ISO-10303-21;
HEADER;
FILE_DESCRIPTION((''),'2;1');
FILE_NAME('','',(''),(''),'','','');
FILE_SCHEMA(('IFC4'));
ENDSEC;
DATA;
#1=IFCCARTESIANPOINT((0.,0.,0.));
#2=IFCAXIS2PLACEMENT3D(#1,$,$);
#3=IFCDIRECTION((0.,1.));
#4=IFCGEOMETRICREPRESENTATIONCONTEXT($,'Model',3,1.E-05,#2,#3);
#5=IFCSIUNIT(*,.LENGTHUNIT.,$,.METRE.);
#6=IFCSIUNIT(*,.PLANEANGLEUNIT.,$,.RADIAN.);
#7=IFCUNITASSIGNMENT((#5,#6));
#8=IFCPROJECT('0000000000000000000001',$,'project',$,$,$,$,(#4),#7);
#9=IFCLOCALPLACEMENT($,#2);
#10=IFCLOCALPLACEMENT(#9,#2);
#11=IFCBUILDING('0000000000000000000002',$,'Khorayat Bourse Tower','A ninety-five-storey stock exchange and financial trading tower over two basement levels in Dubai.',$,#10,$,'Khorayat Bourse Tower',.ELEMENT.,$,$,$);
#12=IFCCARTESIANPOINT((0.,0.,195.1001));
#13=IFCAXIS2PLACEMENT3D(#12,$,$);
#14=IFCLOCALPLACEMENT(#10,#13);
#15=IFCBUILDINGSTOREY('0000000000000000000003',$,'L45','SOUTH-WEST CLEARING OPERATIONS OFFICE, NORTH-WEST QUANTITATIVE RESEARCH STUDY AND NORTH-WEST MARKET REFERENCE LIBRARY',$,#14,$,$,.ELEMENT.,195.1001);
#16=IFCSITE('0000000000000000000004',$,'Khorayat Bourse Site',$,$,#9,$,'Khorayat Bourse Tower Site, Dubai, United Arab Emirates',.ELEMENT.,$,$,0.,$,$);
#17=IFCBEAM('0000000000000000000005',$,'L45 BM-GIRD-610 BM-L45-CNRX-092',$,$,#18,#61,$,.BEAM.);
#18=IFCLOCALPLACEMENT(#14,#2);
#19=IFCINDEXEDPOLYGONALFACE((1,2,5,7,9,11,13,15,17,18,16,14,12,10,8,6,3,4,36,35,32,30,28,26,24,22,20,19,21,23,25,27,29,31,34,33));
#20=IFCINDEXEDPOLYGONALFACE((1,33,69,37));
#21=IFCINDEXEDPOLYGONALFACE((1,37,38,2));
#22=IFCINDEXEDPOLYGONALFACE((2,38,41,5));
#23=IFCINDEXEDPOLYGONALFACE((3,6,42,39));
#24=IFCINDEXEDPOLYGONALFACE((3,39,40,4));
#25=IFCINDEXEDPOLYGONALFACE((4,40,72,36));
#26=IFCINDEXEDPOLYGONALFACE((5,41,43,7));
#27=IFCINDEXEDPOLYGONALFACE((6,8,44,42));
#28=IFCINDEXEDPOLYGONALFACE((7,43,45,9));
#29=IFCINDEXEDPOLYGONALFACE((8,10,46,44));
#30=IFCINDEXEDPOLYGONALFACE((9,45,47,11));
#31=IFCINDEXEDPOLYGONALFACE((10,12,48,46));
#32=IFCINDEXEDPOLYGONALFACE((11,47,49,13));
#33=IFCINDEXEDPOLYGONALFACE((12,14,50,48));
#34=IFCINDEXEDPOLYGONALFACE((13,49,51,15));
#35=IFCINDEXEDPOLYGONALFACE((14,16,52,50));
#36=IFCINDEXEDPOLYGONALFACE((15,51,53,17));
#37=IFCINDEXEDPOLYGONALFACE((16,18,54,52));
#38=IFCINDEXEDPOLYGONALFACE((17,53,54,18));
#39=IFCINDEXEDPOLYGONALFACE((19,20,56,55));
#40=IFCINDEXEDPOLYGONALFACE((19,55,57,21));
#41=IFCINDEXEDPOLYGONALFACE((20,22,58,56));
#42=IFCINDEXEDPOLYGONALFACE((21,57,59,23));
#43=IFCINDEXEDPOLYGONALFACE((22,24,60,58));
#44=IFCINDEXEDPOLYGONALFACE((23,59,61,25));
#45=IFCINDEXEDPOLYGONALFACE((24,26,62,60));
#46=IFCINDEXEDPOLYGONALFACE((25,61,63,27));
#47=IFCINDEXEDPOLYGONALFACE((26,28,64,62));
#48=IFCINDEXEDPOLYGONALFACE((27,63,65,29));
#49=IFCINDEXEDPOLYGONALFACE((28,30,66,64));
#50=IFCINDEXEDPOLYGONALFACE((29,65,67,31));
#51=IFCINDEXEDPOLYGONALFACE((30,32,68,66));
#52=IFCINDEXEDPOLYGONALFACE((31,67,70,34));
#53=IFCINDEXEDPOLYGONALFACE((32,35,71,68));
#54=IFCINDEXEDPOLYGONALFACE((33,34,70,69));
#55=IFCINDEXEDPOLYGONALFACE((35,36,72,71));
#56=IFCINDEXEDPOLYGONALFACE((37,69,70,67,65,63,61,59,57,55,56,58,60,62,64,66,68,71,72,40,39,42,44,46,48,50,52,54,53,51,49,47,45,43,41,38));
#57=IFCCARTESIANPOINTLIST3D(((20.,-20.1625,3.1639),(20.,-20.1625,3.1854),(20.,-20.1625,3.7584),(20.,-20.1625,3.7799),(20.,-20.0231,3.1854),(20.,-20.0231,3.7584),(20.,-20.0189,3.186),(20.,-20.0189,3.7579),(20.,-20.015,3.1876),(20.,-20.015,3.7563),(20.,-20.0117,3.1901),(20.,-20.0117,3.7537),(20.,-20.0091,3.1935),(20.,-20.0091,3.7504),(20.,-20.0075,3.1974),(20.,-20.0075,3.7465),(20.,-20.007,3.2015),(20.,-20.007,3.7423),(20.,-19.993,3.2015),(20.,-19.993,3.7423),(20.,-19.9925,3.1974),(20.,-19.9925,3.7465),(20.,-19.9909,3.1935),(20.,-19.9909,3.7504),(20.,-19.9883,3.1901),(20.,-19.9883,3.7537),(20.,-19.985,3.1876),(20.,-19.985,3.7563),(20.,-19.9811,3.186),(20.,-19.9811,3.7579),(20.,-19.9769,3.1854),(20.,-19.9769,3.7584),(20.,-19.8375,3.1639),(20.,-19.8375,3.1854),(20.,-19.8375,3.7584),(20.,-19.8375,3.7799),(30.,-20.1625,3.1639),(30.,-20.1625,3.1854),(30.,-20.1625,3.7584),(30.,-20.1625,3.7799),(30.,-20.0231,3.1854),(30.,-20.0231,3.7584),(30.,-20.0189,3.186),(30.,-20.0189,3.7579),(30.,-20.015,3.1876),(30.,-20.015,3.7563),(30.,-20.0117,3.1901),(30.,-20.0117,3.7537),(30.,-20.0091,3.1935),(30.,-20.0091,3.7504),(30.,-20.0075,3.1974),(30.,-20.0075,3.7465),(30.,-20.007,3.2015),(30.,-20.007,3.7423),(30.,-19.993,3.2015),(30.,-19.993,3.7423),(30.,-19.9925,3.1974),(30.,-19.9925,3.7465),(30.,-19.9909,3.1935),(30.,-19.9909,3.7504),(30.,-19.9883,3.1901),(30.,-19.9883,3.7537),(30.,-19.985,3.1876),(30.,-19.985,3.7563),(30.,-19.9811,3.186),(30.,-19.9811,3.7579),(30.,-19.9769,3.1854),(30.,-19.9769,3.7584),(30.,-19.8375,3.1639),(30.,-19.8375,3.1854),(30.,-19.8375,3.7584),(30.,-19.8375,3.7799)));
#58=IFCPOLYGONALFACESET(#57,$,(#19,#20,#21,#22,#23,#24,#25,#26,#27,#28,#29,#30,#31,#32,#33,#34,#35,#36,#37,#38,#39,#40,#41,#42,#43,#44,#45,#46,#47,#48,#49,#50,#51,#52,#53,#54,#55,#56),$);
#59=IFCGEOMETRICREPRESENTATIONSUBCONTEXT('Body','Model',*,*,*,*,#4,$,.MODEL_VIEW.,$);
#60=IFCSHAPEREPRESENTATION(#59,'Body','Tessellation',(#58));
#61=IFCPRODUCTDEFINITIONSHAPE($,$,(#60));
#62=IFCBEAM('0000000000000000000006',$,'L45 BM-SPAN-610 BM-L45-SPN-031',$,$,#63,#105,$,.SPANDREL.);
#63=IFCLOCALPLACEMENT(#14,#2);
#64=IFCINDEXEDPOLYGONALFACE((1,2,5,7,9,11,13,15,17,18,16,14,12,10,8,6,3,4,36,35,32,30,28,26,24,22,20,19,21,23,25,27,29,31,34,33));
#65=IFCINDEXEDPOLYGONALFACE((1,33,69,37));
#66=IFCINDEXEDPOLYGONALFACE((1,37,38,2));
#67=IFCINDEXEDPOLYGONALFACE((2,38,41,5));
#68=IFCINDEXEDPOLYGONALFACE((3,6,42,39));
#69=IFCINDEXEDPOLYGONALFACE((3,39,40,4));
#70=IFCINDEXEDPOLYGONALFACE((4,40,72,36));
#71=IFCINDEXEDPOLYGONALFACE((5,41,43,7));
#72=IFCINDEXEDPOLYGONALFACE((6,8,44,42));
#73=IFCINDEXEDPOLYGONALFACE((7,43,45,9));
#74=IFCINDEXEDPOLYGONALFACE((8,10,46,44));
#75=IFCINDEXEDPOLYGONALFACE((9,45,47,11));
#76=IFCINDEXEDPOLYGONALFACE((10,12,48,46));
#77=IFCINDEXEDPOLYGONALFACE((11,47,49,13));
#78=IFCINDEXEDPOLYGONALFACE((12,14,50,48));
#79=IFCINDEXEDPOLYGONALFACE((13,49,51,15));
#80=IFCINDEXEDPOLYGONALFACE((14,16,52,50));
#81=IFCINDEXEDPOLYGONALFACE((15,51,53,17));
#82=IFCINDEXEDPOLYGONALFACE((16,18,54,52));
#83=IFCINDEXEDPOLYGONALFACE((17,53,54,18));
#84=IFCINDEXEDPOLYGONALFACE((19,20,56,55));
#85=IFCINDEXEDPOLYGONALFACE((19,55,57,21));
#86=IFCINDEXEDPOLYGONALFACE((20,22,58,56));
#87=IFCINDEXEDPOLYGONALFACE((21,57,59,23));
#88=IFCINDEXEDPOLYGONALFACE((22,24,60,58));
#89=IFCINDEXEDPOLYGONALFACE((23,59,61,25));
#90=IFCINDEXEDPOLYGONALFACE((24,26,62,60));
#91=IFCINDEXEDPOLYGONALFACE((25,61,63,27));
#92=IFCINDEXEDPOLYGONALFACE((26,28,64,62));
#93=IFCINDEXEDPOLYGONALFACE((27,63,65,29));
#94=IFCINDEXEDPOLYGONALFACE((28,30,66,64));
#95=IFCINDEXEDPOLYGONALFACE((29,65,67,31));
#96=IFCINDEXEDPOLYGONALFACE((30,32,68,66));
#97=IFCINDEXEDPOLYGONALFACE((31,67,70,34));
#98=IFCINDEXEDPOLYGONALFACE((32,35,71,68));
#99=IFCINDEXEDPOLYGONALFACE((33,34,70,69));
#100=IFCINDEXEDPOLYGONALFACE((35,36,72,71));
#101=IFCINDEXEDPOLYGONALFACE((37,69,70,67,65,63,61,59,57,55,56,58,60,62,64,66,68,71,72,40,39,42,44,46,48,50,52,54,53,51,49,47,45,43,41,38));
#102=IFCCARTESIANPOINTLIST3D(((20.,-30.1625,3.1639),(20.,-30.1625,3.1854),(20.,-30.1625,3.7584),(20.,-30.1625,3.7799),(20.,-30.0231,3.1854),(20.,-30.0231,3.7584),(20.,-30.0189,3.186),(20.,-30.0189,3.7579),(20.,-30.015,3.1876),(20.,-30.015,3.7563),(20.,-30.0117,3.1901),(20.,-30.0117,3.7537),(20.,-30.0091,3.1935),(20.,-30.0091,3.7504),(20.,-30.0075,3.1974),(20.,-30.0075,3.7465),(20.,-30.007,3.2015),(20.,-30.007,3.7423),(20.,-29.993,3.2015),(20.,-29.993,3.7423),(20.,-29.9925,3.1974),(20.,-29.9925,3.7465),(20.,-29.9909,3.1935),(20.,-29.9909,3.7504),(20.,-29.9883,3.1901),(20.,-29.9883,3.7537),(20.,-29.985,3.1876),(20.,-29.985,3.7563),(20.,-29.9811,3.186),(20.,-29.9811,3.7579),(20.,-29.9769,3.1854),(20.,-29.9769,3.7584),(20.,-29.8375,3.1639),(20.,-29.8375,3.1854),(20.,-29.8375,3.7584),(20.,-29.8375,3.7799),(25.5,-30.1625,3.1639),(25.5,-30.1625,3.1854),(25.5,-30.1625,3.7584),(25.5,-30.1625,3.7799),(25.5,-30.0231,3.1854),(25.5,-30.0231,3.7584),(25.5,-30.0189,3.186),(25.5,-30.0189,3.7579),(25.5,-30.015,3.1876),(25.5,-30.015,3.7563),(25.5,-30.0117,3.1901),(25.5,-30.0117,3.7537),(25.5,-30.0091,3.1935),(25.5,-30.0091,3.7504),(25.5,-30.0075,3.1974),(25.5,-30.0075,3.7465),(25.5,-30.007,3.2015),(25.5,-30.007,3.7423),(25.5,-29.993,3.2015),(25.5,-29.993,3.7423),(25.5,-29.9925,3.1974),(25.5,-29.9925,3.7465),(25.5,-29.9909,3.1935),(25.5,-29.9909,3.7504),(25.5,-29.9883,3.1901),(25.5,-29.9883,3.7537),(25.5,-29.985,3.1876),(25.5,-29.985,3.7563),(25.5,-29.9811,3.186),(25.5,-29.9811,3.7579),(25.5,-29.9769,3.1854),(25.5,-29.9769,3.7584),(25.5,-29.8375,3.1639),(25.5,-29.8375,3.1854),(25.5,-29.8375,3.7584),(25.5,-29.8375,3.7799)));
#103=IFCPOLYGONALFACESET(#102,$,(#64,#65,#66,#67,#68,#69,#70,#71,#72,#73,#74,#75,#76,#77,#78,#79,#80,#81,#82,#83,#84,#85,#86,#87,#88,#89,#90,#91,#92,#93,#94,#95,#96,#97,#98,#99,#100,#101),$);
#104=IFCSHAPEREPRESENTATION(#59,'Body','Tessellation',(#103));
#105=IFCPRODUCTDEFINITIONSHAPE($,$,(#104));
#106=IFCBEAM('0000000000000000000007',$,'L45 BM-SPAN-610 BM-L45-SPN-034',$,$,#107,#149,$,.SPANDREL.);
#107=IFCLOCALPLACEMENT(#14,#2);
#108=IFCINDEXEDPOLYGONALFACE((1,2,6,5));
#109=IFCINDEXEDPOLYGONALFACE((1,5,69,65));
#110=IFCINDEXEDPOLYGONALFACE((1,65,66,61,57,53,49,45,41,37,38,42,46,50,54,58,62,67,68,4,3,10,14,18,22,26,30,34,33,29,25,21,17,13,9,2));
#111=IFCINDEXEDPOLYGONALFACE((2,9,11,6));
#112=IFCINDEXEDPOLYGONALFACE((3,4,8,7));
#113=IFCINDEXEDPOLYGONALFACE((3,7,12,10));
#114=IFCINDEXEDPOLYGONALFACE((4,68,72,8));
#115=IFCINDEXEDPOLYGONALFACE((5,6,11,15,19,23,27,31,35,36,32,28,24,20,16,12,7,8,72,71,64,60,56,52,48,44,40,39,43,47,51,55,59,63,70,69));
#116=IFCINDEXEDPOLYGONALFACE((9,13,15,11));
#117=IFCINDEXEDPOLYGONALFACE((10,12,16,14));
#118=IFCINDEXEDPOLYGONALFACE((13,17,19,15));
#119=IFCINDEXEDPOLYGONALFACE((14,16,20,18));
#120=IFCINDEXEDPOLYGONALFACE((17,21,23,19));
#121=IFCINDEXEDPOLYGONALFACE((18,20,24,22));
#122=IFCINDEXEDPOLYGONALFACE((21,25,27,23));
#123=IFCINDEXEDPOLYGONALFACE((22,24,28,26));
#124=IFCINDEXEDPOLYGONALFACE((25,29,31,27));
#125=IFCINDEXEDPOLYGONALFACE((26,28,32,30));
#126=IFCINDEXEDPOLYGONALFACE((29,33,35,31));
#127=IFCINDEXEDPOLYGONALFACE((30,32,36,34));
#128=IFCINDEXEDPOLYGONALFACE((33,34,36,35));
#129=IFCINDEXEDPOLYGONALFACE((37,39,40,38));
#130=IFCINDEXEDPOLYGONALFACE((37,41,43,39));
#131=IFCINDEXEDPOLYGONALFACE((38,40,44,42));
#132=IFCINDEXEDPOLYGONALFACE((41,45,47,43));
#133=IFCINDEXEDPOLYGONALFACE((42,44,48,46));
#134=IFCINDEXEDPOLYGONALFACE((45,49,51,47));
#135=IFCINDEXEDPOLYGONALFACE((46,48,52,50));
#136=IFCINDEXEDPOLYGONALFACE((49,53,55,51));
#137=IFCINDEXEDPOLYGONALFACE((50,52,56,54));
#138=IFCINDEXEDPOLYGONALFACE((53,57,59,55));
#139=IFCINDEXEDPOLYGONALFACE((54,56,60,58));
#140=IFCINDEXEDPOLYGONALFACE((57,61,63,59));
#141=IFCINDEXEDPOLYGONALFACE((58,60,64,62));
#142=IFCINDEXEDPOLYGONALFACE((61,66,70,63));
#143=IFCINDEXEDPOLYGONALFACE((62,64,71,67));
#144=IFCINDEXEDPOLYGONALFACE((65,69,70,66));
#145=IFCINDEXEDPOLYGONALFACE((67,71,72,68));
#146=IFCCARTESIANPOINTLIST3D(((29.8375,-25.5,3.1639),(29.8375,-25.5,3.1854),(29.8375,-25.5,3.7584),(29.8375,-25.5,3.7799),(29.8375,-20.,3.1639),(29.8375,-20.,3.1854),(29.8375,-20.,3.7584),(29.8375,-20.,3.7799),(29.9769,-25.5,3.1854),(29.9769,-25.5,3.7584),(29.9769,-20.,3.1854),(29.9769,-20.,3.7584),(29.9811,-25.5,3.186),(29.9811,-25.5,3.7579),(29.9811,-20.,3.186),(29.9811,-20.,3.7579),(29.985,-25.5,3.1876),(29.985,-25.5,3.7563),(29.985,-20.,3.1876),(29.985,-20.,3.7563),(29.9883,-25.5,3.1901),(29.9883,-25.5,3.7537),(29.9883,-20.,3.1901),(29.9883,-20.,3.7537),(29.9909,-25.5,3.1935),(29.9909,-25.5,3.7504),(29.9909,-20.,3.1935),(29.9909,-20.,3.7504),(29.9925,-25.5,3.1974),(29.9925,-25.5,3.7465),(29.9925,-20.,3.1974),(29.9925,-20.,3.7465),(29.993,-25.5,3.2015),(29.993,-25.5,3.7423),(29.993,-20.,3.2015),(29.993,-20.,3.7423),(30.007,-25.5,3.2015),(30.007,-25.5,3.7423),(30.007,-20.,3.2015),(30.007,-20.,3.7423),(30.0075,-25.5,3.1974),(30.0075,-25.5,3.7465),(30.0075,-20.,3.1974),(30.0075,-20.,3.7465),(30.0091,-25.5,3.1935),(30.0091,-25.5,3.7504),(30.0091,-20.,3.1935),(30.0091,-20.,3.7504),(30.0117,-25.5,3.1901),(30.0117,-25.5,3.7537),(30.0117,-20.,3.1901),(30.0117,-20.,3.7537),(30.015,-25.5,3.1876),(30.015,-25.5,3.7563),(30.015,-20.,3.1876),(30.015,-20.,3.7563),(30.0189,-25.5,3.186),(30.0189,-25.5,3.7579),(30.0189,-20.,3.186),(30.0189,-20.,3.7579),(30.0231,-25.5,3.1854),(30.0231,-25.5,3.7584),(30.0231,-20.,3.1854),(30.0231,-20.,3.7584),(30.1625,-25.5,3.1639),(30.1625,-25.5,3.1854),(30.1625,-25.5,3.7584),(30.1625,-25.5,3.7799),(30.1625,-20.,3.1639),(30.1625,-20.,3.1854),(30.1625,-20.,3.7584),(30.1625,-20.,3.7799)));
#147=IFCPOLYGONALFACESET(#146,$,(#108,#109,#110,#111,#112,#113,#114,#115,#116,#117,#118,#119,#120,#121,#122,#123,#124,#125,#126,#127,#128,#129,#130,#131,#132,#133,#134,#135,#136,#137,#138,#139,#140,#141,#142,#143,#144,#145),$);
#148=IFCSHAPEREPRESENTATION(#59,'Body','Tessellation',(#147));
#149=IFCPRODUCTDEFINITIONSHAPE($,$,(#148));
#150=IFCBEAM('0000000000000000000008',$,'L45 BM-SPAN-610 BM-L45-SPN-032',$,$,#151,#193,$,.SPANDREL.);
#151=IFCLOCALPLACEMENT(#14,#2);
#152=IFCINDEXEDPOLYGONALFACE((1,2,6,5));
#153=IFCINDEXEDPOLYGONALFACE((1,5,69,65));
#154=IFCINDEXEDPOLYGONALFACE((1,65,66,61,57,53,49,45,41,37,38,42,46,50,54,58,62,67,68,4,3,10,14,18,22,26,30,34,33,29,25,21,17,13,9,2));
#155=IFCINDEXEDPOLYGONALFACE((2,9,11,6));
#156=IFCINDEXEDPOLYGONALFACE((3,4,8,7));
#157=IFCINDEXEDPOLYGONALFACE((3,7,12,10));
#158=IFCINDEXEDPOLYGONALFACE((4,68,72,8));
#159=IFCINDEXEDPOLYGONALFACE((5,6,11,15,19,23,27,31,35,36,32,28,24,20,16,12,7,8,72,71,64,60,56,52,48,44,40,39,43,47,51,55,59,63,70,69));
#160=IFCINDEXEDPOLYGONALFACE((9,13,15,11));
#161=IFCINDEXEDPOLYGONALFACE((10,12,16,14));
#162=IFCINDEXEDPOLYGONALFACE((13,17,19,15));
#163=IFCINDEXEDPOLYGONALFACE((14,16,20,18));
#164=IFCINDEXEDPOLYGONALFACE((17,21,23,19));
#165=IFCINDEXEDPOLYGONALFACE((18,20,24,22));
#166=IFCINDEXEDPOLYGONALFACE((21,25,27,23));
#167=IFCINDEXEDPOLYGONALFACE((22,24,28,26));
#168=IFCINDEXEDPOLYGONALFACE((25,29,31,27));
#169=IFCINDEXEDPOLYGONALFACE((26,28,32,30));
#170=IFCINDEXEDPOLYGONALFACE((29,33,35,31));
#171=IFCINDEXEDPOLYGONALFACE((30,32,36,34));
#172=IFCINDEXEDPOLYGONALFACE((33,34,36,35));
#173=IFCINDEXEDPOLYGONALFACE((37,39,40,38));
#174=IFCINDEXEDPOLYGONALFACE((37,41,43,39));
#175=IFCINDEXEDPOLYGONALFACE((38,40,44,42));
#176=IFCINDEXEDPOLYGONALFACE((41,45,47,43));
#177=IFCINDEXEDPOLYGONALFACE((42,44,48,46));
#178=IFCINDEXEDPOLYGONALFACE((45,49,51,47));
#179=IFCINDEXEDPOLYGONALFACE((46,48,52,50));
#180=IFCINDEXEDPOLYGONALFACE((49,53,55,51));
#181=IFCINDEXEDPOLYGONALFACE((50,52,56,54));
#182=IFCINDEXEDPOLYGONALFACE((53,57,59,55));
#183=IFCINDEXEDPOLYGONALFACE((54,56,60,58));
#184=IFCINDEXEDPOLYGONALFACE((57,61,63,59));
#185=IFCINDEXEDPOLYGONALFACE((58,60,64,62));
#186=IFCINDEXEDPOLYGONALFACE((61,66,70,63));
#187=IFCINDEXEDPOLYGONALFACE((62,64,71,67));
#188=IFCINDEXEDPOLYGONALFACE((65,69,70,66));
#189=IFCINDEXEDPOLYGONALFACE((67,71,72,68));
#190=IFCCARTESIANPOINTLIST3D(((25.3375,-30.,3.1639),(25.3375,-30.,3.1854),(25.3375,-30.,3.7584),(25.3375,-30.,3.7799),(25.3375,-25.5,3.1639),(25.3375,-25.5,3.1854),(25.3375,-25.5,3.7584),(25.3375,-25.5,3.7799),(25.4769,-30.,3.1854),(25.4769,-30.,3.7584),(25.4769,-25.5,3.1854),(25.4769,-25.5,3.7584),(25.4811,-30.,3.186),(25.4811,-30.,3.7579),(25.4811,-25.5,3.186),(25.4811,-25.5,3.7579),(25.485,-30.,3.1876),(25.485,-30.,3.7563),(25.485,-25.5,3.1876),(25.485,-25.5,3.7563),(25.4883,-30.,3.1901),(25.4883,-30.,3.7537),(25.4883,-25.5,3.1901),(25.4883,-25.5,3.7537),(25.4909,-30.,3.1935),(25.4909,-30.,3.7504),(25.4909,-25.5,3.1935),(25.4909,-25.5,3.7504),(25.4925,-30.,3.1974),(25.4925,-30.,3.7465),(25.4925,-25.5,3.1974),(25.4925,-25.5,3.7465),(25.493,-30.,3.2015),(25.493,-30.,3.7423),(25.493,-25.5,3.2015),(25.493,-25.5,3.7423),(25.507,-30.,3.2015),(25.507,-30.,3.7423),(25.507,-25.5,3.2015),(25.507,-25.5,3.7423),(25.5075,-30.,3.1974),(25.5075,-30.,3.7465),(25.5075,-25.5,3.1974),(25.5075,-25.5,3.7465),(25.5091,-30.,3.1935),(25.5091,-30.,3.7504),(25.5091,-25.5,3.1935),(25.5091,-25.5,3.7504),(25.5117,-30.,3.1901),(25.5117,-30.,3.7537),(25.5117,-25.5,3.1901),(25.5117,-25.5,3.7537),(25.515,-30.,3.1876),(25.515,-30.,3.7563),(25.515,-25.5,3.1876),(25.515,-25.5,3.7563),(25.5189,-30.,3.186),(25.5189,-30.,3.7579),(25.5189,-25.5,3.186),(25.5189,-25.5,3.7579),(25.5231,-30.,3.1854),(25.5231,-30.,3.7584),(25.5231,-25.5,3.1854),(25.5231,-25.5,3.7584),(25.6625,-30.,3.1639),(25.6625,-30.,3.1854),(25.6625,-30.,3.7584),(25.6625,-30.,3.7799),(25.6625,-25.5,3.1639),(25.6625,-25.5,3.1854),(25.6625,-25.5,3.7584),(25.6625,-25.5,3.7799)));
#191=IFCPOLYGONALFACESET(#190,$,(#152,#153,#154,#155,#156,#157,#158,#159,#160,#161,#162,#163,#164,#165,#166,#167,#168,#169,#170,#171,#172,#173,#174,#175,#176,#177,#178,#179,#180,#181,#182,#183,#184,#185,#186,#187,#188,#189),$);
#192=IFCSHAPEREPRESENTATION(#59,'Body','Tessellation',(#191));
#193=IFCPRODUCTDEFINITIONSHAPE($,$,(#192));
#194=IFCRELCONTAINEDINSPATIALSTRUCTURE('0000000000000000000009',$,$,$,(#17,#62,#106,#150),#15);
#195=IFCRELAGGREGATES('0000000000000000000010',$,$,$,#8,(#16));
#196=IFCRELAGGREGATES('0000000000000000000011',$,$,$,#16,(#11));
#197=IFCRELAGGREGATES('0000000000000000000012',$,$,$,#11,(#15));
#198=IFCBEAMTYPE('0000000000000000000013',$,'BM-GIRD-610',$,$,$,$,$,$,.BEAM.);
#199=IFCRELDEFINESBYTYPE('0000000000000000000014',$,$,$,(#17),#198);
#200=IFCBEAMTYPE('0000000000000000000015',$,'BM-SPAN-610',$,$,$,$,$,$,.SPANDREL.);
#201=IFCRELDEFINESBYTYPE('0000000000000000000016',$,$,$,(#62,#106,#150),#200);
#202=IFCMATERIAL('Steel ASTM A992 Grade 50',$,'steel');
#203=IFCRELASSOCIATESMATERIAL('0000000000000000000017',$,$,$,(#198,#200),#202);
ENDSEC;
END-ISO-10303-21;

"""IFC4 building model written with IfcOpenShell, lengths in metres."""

from ifc_helpers import new_model, si_unit, direction, frame, origin, origin_2d, place, context, subcontext, project, spatial, i_section, extrude, source, transform, mapped, material, material_profile, profile_set, type_object, element, save


model = new_model("IFC4")

# Units and contexts
model_context = context("Model", 3, precision=1e-05, world=origin(), true_north=direction((0.0, 1.0)))
body_context = subcontext(model_context, "Body", "Model", "MODEL_VIEW")
ifc_project = project(units=[si_unit("LENGTHUNIT", "METRE"), si_unit("PLANEANGLEUNIT", "RADIAN")], contexts=[model_context])

# Site, building, storey
site_placement = place(None, origin())
site = spatial("IfcSite", under=ifc_project, at=site_placement, Name="Khorayat Bourse Site", LongName="Khorayat Bourse Tower Site, Dubai, United Arab Emirates", CompositionType="ELEMENT", RefElevation=0.0)
building_placement = place(site_placement, origin())
building = spatial("IfcBuilding", under=site, at=building_placement, Name="Khorayat Bourse Tower", Description="A ninety-five-storey stock exchange and financial trading tower over two basement levels in Dubai.", LongName="Khorayat Bourse Tower", CompositionType="ELEMENT")
storey_placement = place(building_placement, frame((0.0, 0.0, 195.1001)))
storey = spatial("IfcBuildingStorey", under=building, at=storey_placement, Name="L45", Description="SOUTH-WEST CLEARING OPERATIONS OFFICE, NORTH-WEST QUANTITATIVE RESEARCH STUDY AND NORTH-WEST MARKET REFERENCE LIBRARY", CompositionType="ELEMENT", Elevation=195.1001)

# Beams
ifc_material_1 = material(Name="Steel ASTM A992 Grade 50", Category="steel")
ifc_material_profile_1 = material_profile(ifc_material_1, i_section(OverallWidth=0.325, OverallDepth=0.616, WebThickness=0.0139, FlangeThickness=0.0215, FilletRadius=0.0161, at=origin_2d()), Name="W610X174")
ifc_profile_set_1 = profile_set([ifc_material_profile_1], Name="Steel ASTM A992 Grade 50")
beam_type_1 = type_object("IfcBeamType", Name="BM-GIRD-610", PredefinedType="BEAM", material=ifc_profile_set_1)
shared_shape_1 = source(origin(), body_context, "Body", "SweptSolid", [
    extrude(i_section(OverallWidth=0.325, OverallDepth=0.616, WebThickness=0.0139, FlangeThickness=0.0215, FilletRadius=0.0161, at=origin_2d()), origin(), (0.0, 0.0, 1.0), 10.0),
])
beam_1_placement = place(storey_placement, frame((20.0, -20.0, 3.4719), z_axis=(1.0, 0.0, 0.0), x_axis=(0.0, 1.0, 0.0)))
element("IfcBeam", 1, at=beam_1_placement, inside=storey, type_object=beam_type_1, Name="L45 BM-GIRD-610 BM-L45-CNRX-092", PredefinedType="BEAM", context=body_context, shape_type="MappedRepresentation", body=[
    mapped(shared_shape_1, transform((0.0, 0.0, 0.0), scale=1.0)),
])
ifc_material_profile_2 = material_profile(ifc_material_1, i_section(OverallWidth=0.325, OverallDepth=0.616, WebThickness=0.0139, FlangeThickness=0.0215, FilletRadius=0.0161, at=origin_2d()), Name="W610X174")
ifc_profile_set_2 = profile_set([ifc_material_profile_2], Name="Steel ASTM A992 Grade 50")
beam_type_2 = type_object("IfcBeamType", Name="BM-SPAN-610", PredefinedType="SPANDREL", material=ifc_profile_set_2)
shared_shape_2 = source(origin(), body_context, "Body", "SweptSolid", [
    extrude(i_section(OverallWidth=0.325, OverallDepth=0.616, WebThickness=0.0139, FlangeThickness=0.0215, FilletRadius=0.0161, at=origin_2d()), origin(), (0.0, 0.0, 1.0), 5.5),
])
for number, where, z_axis, x_axis, name in (
    (2, (20.0, -30.0, 3.4719), (1.0, 0.0, 0.0), (0.0, 1.0, 0.0), "L45 BM-SPAN-610 BM-L45-SPN-031"),
    (3, (30.0, -25.5, 3.4719), (0.0, 1.0, 0.0), (-1.0, 0.0, 0.0), "L45 BM-SPAN-610 BM-L45-SPN-034"),
):
    element("IfcBeam", number, at=place(storey_placement, frame(where, z_axis=z_axis, x_axis=x_axis)), inside=storey, type_object=beam_type_2, Name=name, PredefinedType="SPANDREL", context=body_context, shape_type="MappedRepresentation", body=[
        mapped(shared_shape_2, transform((0.0, 0.0, 0.0), scale=1.0)),
    ])
shared_shape_3 = source(origin(), body_context, "Body", "SweptSolid", [
    extrude(i_section(OverallWidth=0.325, OverallDepth=0.616, WebThickness=0.0139, FlangeThickness=0.0215, FilletRadius=0.0161, at=origin_2d()), origin(), (0.0, 0.0, 1.0), 4.5),
])
for number, where, z_axis, x_axis, name in (
    (4, (25.5, -30.0, 3.4719), (0.0, 1.0, 0.0), (-1.0, 0.0, 0.0), "L45 BM-SPAN-610 BM-L45-SPN-032"),
):
    element("IfcBeam", number, at=place(storey_placement, frame(where, z_axis=z_axis, x_axis=x_axis)), inside=storey, type_object=beam_type_2, Name=name, PredefinedType="SPANDREL", context=body_context, shape_type="MappedRepresentation", body=[
        mapped(shared_shape_3, transform((0.0, 0.0, 0.0), scale=1.0)),
    ])

save(model, "model.ifc")
